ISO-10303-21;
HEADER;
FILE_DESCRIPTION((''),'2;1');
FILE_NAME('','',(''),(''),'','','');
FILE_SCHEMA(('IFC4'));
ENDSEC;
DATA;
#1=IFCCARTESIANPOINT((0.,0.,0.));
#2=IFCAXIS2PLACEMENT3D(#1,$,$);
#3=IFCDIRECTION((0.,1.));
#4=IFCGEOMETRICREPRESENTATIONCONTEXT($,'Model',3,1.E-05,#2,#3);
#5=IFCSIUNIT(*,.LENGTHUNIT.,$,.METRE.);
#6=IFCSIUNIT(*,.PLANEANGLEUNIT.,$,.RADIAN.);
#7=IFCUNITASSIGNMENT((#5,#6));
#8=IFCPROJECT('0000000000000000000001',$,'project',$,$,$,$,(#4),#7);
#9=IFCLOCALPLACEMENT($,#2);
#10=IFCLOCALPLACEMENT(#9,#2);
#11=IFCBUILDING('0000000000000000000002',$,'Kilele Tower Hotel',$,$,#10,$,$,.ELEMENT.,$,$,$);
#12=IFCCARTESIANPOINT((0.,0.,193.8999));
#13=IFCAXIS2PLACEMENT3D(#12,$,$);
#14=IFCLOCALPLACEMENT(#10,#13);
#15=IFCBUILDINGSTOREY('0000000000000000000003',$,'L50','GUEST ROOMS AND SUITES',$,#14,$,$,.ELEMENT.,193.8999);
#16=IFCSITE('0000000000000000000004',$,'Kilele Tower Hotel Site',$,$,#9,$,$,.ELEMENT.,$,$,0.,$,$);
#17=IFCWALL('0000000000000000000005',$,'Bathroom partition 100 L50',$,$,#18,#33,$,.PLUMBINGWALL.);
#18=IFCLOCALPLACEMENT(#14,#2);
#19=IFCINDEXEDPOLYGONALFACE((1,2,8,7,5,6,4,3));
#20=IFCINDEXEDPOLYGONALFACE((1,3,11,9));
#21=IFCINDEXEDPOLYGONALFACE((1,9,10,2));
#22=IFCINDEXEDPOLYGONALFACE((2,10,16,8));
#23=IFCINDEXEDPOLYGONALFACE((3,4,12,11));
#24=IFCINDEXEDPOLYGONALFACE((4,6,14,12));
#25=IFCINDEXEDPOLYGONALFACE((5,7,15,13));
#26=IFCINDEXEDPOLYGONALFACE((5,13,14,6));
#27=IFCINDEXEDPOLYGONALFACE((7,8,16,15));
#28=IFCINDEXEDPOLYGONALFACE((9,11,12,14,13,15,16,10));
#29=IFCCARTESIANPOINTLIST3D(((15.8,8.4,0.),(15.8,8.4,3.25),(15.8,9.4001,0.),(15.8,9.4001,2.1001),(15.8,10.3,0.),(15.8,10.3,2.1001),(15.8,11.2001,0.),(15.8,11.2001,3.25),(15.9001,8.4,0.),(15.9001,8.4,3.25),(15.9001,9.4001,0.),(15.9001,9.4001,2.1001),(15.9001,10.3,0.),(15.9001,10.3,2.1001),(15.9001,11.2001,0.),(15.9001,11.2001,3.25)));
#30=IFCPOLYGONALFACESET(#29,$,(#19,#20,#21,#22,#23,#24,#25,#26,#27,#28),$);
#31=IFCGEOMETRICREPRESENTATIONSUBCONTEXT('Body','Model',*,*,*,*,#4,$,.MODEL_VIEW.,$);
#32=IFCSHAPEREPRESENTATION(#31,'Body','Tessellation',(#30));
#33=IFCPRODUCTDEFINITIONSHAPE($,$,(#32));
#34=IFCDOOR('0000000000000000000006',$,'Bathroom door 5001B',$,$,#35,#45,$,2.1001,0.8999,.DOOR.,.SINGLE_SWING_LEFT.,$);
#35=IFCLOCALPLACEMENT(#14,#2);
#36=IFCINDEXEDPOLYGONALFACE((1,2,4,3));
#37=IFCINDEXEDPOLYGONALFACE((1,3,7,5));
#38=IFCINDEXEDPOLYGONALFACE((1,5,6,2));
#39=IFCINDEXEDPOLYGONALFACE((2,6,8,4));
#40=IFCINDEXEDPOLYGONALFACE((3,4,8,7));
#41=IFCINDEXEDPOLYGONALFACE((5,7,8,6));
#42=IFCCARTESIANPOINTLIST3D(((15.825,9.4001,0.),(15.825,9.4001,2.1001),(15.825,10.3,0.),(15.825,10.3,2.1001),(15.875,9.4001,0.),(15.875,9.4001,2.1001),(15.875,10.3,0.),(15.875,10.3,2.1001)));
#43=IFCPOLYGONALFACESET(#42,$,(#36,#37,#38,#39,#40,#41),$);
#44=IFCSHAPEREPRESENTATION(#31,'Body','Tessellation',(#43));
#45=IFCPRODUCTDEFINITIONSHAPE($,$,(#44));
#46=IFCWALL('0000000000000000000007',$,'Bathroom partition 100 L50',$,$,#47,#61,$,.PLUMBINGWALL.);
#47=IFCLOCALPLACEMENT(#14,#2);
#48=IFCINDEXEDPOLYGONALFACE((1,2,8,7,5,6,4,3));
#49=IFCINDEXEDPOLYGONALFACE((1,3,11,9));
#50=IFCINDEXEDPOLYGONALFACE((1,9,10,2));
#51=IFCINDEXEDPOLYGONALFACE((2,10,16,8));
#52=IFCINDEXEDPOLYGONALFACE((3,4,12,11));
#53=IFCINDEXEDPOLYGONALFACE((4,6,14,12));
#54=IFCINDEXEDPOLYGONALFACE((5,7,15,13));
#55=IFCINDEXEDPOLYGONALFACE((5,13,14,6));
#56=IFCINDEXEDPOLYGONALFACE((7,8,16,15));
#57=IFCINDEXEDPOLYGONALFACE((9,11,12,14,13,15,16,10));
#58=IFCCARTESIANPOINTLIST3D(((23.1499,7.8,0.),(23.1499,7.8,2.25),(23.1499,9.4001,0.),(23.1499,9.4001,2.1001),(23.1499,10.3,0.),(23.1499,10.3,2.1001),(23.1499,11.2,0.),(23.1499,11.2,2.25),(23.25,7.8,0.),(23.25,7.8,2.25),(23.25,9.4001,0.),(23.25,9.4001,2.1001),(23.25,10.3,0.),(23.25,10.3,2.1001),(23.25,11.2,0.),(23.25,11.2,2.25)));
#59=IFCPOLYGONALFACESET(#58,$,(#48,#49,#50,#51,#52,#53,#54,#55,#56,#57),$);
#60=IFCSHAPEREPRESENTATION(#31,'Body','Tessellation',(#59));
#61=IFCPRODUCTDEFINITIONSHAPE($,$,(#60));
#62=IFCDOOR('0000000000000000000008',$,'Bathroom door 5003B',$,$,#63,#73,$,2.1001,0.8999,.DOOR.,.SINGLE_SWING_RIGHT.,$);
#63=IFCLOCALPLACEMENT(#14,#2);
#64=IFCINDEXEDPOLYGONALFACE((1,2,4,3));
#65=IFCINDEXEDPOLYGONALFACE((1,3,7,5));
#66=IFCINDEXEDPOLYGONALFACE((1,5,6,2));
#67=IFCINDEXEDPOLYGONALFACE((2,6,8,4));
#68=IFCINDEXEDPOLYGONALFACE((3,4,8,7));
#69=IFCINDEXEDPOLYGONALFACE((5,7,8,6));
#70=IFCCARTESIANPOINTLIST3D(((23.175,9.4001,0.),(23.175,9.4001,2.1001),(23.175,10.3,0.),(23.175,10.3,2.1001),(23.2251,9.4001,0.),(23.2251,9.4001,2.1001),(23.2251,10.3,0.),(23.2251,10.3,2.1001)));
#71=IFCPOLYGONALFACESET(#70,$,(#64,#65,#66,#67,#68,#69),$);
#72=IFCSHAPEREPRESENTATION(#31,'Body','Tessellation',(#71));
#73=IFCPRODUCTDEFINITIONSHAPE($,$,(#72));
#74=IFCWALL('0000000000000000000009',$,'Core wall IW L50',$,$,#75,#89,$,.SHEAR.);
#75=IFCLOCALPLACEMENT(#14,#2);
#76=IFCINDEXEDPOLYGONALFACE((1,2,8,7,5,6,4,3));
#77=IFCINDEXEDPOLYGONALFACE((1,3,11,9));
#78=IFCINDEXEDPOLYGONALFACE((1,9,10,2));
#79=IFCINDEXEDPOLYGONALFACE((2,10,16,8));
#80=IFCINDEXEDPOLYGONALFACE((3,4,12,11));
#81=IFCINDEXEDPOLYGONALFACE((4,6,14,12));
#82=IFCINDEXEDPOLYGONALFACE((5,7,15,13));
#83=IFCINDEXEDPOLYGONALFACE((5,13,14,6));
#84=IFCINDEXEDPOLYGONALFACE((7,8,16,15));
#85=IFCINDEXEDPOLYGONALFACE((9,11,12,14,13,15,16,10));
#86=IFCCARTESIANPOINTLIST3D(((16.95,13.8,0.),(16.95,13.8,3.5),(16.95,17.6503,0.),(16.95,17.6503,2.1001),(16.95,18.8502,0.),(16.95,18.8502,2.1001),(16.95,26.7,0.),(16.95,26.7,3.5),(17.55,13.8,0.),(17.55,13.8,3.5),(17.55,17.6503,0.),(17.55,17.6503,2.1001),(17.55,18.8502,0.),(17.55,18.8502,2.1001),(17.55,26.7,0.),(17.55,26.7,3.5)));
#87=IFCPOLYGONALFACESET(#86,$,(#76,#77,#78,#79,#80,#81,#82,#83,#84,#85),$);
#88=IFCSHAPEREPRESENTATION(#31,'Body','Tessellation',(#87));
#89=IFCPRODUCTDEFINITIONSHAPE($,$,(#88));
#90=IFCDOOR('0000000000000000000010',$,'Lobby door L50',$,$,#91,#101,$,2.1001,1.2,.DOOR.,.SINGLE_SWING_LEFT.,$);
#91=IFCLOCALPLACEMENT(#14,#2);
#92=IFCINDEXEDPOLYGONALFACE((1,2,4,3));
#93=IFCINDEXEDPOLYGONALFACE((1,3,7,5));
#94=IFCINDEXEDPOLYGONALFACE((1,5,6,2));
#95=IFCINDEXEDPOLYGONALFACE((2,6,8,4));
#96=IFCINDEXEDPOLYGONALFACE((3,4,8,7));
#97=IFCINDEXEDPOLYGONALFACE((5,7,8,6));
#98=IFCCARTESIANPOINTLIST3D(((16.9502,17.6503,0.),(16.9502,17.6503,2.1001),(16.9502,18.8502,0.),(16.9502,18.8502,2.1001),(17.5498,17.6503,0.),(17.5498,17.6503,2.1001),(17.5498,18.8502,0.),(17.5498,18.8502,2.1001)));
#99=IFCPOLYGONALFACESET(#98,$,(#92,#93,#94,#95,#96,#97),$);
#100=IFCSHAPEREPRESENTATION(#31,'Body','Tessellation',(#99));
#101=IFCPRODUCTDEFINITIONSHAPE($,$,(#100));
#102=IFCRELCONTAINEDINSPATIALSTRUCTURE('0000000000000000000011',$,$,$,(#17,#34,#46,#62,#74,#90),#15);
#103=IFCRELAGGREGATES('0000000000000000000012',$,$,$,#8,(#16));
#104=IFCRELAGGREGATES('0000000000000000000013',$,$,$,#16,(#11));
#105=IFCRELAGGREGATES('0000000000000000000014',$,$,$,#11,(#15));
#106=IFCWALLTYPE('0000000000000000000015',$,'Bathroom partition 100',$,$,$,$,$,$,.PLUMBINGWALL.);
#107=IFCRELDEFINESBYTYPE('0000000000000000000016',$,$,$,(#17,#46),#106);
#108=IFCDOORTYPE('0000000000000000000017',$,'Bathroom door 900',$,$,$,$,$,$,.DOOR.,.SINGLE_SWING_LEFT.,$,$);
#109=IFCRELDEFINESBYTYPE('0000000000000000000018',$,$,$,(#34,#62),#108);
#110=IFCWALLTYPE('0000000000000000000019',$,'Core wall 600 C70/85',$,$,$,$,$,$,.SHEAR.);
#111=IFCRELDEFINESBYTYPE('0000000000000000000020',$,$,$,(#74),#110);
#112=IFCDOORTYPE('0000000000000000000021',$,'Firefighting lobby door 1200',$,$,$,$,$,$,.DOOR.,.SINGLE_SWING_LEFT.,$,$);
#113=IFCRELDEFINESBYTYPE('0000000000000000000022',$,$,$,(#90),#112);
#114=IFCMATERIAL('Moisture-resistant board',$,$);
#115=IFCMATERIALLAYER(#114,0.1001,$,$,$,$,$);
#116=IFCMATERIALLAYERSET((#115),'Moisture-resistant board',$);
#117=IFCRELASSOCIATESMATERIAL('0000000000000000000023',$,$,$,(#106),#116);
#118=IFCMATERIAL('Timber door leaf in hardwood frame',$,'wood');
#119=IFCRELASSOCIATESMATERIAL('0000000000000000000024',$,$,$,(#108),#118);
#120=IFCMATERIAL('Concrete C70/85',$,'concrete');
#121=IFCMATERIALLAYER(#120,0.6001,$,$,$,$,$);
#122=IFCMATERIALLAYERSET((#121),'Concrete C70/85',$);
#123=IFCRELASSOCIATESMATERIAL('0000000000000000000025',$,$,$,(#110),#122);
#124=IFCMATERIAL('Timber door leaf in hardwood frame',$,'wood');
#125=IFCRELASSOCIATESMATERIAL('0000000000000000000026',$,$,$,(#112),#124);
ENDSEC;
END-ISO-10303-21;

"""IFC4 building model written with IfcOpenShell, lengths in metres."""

from ifc_helpers import new_model, si_unit, direction, frame, frame_2d, origin, place, context, subcontext, project, spatial, rectangle, extrude, material, layer, layer_set, type_object, element, fill, save


model = new_model("IFC4")

# Units and contexts
model_context = context("Model", 3, precision=1e-05, world=origin(), true_north=direction((0.0, 1.0)))
body_context = subcontext(model_context, "Body", "Model", "MODEL_VIEW")
ifc_project = project(units=[si_unit("LENGTHUNIT", "METRE"), si_unit("PLANEANGLEUNIT", "RADIAN")], contexts=[model_context])

# Site, building, storey
site_placement = place(None, origin())
site = spatial("IfcSite", under=ifc_project, at=site_placement, Name="Kilele Tower Hotel Site", CompositionType="ELEMENT", RefElevation=0.0)
building_placement = place(site_placement, origin())
building = spatial("IfcBuilding", under=site, at=building_placement, Name="Kilele Tower Hotel", CompositionType="ELEMENT")
storey_placement = place(building_placement, frame((0.0, 0.0, 193.8999)))
storey = spatial("IfcBuildingStorey", under=building, at=storey_placement, Name="L50", Description="GUEST ROOMS AND SUITES", CompositionType="ELEMENT", Elevation=193.8999)

# Walls, openings, doors
ifc_material_1 = material(Name="Moisture-resistant board")
ifc_layer_1 = layer(ifc_material_1, 0.1001)
ifc_layer_set_1 = layer_set([ifc_layer_1], Name="Moisture-resistant board")
wall_type_1 = type_object("IfcWallType", Name="Bathroom partition 100", PredefinedType="PLUMBINGWALL", material=ifc_layer_set_1)
wall_1_placement = place(storey_placement, frame((15.8501, 11.2, 0.0), z_axis=(0.0, 0.0, 1.0), x_axis=(0.0, -1.0, 0.0)))
wall_1 = element("IfcWall", 1, at=wall_1_placement, inside=storey, type_object=wall_type_1, Name="Bathroom partition 100 L50", PredefinedType="PLUMBINGWALL", context=body_context, shape_type="SweptSolid", body=[
    extrude(rectangle(XDim=2.8, YDim=0.1001, at=frame_2d((1.3999, 0.0))), origin(), (0.0, 0.0, 1.0), 3.25),
])
opening_1_placement = place(wall_1_placement, frame((0.8999, 0.0, 0.0)))
opening_1 = element("IfcOpeningElement", 2, at=opening_1_placement, cuts=wall_1, PredefinedType="OPENING", context=body_context, shape_type="SweptSolid", body=[
    extrude(rectangle(XDim=0.8999, YDim=2.1001, at=frame_2d((0.45, 1.05))), frame((0.0, 0.0601, 0.0), z_axis=(0.0, -1.0, 0.0), x_axis=(1.0, 0.0, 0.0)), (0.0, 0.0, 1.0), 0.1201),
])
ifc_material_2 = material(Name="Timber door leaf in hardwood frame", Category="wood")
door_type_1 = type_object("IfcDoorType", Name="Bathroom door 900", OperationType="SINGLE_SWING_LEFT", PredefinedType="DOOR", material=ifc_material_2)
door_1_placement = place(opening_1_placement, origin())
door_1 = element("IfcDoor", 3, at=door_1_placement, inside=storey, type_object=door_type_1, Name="Bathroom door 5001B", OperationType="SINGLE_SWING_LEFT", OverallHeight=2.1001, OverallWidth=0.8999, PredefinedType="DOOR", context=body_context, shape_type="SweptSolid", body=[
    extrude(rectangle(XDim=0.8999, YDim=2.1001, at=frame_2d((0.45, 1.05))), frame((0.0, 0.0249, 0.0), z_axis=(0.0, -1.0, 0.0), x_axis=(1.0, 0.0, 0.0)), (0.0, 0.0, 1.0), 0.05),
])
fill(opening_1, door_1)
wall_2_placement = place(storey_placement, frame((23.2, 11.2, 0.0), z_axis=(0.0, 0.0, 1.0), x_axis=(0.0, -1.0, 0.0)))
wall_2 = element("IfcWall", 4, at=wall_2_placement, inside=storey, type_object=wall_type_1, Name="Bathroom partition 100 L50", PredefinedType="PLUMBINGWALL", context=body_context, shape_type="SweptSolid", body=[
    extrude(rectangle(XDim=3.3999, YDim=0.1001, at=frame_2d((1.7, 0.0))), origin(), (0.0, 0.0, 1.0), 2.25),
])
opening_2_placement = place(wall_2_placement, frame((1.7998, 0.0, 0.0), z_axis=(0.0, 0.0, 1.0), x_axis=(-1.0, 0.0, 0.0)))
opening_2 = element("IfcOpeningElement", 5, at=opening_2_placement, cuts=wall_2, PredefinedType="OPENING", context=body_context, shape_type="SweptSolid", body=[
    extrude(rectangle(XDim=0.8999, YDim=2.1001, at=frame_2d((0.45, 1.05))), frame((0.0, 0.0601, 0.0), z_axis=(0.0, -1.0, 0.0), x_axis=(1.0, 0.0, 0.0)), (0.0, 0.0, 1.0), 0.1201),
])
door_2_placement = place(opening_2_placement, origin())
door_2 = element("IfcDoor", 6, at=door_2_placement, inside=storey, type_object=door_type_1, Name="Bathroom door 5003B", OperationType="SINGLE_SWING_RIGHT", OverallHeight=2.1001, OverallWidth=0.8999, PredefinedType="DOOR", context=body_context, shape_type="SweptSolid", body=[
    extrude(rectangle(XDim=0.8999, YDim=2.1001, at=frame_2d((0.45, 1.05))), frame((0.0, 0.0249, 0.0), z_axis=(0.0, -1.0, 0.0), x_axis=(1.0, 0.0, 0.0)), (0.0, 0.0, 1.0), 0.05),
])
fill(opening_2, door_2)
ifc_material_3 = material(Name="Concrete C70/85", Category="concrete")
ifc_layer_2 = layer(ifc_material_3, 0.6001)
ifc_layer_set_2 = layer_set([ifc_layer_2], Name="Concrete C70/85")
wall_type_2 = type_object("IfcWallType", Name="Core wall 600 C70/85", PredefinedType="SHEAR", material=ifc_layer_set_2)
wall_3_placement = place(storey_placement, frame((17.25, 13.8, 0.0), z_axis=(0.0, 0.0, 1.0), x_axis=(0.0, 1.0, 0.0)))
wall_3 = element("IfcWall", 7, at=wall_3_placement, inside=storey, type_object=wall_type_2, Name="Core wall IW L50", PredefinedType="SHEAR", context=body_context, shape_type="SweptSolid", body=[
    extrude(rectangle(XDim=12.8999, YDim=0.6001, at=frame_2d((6.45, 0.0))), origin(), (0.0, 0.0, 1.0), 3.5),
])
opening_3_placement = place(wall_3_placement, frame((3.8501, 0.0, 0.0)))
opening_3 = element("IfcOpeningElement", 8, at=opening_3_placement, cuts=wall_3, PredefinedType="OPENING", context=body_context, shape_type="SweptSolid", body=[
    extrude(rectangle(XDim=1.2, YDim=2.1001, at=frame_2d((0.6001, 1.05))), frame((0.0, 0.3101, 0.0), z_axis=(0.0, -1.0, 0.0), x_axis=(1.0, 0.0, 0.0)), (0.0, 0.0, 1.0), 0.6201),
])
ifc_material_4 = material(Name="Timber door leaf in hardwood frame", Category="wood")
door_type_2 = type_object("IfcDoorType", Name="Firefighting lobby door 1200", OperationType="SINGLE_SWING_LEFT", PredefinedType="DOOR", material=ifc_material_4)
door_3_placement = place(opening_3_placement, origin())
door_3 = element("IfcDoor", 9, at=door_3_placement, inside=storey, type_object=door_type_2, Name="Lobby door L50", OperationType="SINGLE_SWING_LEFT", OverallHeight=2.1001, OverallWidth=1.2, PredefinedType="DOOR", context=body_context, shape_type="SweptSolid", body=[
    extrude(rectangle(XDim=1.2, YDim=2.1001, at=frame_2d((0.6001, 1.05))), frame((0.0, 0.2998, 0.0), z_axis=(0.0, -1.0, 0.0), x_axis=(1.0, 0.0, 0.0)), (0.0, 0.0, 1.0), 0.5996),
])
fill(opening_3, door_3)

save(model, "model.ifc")
